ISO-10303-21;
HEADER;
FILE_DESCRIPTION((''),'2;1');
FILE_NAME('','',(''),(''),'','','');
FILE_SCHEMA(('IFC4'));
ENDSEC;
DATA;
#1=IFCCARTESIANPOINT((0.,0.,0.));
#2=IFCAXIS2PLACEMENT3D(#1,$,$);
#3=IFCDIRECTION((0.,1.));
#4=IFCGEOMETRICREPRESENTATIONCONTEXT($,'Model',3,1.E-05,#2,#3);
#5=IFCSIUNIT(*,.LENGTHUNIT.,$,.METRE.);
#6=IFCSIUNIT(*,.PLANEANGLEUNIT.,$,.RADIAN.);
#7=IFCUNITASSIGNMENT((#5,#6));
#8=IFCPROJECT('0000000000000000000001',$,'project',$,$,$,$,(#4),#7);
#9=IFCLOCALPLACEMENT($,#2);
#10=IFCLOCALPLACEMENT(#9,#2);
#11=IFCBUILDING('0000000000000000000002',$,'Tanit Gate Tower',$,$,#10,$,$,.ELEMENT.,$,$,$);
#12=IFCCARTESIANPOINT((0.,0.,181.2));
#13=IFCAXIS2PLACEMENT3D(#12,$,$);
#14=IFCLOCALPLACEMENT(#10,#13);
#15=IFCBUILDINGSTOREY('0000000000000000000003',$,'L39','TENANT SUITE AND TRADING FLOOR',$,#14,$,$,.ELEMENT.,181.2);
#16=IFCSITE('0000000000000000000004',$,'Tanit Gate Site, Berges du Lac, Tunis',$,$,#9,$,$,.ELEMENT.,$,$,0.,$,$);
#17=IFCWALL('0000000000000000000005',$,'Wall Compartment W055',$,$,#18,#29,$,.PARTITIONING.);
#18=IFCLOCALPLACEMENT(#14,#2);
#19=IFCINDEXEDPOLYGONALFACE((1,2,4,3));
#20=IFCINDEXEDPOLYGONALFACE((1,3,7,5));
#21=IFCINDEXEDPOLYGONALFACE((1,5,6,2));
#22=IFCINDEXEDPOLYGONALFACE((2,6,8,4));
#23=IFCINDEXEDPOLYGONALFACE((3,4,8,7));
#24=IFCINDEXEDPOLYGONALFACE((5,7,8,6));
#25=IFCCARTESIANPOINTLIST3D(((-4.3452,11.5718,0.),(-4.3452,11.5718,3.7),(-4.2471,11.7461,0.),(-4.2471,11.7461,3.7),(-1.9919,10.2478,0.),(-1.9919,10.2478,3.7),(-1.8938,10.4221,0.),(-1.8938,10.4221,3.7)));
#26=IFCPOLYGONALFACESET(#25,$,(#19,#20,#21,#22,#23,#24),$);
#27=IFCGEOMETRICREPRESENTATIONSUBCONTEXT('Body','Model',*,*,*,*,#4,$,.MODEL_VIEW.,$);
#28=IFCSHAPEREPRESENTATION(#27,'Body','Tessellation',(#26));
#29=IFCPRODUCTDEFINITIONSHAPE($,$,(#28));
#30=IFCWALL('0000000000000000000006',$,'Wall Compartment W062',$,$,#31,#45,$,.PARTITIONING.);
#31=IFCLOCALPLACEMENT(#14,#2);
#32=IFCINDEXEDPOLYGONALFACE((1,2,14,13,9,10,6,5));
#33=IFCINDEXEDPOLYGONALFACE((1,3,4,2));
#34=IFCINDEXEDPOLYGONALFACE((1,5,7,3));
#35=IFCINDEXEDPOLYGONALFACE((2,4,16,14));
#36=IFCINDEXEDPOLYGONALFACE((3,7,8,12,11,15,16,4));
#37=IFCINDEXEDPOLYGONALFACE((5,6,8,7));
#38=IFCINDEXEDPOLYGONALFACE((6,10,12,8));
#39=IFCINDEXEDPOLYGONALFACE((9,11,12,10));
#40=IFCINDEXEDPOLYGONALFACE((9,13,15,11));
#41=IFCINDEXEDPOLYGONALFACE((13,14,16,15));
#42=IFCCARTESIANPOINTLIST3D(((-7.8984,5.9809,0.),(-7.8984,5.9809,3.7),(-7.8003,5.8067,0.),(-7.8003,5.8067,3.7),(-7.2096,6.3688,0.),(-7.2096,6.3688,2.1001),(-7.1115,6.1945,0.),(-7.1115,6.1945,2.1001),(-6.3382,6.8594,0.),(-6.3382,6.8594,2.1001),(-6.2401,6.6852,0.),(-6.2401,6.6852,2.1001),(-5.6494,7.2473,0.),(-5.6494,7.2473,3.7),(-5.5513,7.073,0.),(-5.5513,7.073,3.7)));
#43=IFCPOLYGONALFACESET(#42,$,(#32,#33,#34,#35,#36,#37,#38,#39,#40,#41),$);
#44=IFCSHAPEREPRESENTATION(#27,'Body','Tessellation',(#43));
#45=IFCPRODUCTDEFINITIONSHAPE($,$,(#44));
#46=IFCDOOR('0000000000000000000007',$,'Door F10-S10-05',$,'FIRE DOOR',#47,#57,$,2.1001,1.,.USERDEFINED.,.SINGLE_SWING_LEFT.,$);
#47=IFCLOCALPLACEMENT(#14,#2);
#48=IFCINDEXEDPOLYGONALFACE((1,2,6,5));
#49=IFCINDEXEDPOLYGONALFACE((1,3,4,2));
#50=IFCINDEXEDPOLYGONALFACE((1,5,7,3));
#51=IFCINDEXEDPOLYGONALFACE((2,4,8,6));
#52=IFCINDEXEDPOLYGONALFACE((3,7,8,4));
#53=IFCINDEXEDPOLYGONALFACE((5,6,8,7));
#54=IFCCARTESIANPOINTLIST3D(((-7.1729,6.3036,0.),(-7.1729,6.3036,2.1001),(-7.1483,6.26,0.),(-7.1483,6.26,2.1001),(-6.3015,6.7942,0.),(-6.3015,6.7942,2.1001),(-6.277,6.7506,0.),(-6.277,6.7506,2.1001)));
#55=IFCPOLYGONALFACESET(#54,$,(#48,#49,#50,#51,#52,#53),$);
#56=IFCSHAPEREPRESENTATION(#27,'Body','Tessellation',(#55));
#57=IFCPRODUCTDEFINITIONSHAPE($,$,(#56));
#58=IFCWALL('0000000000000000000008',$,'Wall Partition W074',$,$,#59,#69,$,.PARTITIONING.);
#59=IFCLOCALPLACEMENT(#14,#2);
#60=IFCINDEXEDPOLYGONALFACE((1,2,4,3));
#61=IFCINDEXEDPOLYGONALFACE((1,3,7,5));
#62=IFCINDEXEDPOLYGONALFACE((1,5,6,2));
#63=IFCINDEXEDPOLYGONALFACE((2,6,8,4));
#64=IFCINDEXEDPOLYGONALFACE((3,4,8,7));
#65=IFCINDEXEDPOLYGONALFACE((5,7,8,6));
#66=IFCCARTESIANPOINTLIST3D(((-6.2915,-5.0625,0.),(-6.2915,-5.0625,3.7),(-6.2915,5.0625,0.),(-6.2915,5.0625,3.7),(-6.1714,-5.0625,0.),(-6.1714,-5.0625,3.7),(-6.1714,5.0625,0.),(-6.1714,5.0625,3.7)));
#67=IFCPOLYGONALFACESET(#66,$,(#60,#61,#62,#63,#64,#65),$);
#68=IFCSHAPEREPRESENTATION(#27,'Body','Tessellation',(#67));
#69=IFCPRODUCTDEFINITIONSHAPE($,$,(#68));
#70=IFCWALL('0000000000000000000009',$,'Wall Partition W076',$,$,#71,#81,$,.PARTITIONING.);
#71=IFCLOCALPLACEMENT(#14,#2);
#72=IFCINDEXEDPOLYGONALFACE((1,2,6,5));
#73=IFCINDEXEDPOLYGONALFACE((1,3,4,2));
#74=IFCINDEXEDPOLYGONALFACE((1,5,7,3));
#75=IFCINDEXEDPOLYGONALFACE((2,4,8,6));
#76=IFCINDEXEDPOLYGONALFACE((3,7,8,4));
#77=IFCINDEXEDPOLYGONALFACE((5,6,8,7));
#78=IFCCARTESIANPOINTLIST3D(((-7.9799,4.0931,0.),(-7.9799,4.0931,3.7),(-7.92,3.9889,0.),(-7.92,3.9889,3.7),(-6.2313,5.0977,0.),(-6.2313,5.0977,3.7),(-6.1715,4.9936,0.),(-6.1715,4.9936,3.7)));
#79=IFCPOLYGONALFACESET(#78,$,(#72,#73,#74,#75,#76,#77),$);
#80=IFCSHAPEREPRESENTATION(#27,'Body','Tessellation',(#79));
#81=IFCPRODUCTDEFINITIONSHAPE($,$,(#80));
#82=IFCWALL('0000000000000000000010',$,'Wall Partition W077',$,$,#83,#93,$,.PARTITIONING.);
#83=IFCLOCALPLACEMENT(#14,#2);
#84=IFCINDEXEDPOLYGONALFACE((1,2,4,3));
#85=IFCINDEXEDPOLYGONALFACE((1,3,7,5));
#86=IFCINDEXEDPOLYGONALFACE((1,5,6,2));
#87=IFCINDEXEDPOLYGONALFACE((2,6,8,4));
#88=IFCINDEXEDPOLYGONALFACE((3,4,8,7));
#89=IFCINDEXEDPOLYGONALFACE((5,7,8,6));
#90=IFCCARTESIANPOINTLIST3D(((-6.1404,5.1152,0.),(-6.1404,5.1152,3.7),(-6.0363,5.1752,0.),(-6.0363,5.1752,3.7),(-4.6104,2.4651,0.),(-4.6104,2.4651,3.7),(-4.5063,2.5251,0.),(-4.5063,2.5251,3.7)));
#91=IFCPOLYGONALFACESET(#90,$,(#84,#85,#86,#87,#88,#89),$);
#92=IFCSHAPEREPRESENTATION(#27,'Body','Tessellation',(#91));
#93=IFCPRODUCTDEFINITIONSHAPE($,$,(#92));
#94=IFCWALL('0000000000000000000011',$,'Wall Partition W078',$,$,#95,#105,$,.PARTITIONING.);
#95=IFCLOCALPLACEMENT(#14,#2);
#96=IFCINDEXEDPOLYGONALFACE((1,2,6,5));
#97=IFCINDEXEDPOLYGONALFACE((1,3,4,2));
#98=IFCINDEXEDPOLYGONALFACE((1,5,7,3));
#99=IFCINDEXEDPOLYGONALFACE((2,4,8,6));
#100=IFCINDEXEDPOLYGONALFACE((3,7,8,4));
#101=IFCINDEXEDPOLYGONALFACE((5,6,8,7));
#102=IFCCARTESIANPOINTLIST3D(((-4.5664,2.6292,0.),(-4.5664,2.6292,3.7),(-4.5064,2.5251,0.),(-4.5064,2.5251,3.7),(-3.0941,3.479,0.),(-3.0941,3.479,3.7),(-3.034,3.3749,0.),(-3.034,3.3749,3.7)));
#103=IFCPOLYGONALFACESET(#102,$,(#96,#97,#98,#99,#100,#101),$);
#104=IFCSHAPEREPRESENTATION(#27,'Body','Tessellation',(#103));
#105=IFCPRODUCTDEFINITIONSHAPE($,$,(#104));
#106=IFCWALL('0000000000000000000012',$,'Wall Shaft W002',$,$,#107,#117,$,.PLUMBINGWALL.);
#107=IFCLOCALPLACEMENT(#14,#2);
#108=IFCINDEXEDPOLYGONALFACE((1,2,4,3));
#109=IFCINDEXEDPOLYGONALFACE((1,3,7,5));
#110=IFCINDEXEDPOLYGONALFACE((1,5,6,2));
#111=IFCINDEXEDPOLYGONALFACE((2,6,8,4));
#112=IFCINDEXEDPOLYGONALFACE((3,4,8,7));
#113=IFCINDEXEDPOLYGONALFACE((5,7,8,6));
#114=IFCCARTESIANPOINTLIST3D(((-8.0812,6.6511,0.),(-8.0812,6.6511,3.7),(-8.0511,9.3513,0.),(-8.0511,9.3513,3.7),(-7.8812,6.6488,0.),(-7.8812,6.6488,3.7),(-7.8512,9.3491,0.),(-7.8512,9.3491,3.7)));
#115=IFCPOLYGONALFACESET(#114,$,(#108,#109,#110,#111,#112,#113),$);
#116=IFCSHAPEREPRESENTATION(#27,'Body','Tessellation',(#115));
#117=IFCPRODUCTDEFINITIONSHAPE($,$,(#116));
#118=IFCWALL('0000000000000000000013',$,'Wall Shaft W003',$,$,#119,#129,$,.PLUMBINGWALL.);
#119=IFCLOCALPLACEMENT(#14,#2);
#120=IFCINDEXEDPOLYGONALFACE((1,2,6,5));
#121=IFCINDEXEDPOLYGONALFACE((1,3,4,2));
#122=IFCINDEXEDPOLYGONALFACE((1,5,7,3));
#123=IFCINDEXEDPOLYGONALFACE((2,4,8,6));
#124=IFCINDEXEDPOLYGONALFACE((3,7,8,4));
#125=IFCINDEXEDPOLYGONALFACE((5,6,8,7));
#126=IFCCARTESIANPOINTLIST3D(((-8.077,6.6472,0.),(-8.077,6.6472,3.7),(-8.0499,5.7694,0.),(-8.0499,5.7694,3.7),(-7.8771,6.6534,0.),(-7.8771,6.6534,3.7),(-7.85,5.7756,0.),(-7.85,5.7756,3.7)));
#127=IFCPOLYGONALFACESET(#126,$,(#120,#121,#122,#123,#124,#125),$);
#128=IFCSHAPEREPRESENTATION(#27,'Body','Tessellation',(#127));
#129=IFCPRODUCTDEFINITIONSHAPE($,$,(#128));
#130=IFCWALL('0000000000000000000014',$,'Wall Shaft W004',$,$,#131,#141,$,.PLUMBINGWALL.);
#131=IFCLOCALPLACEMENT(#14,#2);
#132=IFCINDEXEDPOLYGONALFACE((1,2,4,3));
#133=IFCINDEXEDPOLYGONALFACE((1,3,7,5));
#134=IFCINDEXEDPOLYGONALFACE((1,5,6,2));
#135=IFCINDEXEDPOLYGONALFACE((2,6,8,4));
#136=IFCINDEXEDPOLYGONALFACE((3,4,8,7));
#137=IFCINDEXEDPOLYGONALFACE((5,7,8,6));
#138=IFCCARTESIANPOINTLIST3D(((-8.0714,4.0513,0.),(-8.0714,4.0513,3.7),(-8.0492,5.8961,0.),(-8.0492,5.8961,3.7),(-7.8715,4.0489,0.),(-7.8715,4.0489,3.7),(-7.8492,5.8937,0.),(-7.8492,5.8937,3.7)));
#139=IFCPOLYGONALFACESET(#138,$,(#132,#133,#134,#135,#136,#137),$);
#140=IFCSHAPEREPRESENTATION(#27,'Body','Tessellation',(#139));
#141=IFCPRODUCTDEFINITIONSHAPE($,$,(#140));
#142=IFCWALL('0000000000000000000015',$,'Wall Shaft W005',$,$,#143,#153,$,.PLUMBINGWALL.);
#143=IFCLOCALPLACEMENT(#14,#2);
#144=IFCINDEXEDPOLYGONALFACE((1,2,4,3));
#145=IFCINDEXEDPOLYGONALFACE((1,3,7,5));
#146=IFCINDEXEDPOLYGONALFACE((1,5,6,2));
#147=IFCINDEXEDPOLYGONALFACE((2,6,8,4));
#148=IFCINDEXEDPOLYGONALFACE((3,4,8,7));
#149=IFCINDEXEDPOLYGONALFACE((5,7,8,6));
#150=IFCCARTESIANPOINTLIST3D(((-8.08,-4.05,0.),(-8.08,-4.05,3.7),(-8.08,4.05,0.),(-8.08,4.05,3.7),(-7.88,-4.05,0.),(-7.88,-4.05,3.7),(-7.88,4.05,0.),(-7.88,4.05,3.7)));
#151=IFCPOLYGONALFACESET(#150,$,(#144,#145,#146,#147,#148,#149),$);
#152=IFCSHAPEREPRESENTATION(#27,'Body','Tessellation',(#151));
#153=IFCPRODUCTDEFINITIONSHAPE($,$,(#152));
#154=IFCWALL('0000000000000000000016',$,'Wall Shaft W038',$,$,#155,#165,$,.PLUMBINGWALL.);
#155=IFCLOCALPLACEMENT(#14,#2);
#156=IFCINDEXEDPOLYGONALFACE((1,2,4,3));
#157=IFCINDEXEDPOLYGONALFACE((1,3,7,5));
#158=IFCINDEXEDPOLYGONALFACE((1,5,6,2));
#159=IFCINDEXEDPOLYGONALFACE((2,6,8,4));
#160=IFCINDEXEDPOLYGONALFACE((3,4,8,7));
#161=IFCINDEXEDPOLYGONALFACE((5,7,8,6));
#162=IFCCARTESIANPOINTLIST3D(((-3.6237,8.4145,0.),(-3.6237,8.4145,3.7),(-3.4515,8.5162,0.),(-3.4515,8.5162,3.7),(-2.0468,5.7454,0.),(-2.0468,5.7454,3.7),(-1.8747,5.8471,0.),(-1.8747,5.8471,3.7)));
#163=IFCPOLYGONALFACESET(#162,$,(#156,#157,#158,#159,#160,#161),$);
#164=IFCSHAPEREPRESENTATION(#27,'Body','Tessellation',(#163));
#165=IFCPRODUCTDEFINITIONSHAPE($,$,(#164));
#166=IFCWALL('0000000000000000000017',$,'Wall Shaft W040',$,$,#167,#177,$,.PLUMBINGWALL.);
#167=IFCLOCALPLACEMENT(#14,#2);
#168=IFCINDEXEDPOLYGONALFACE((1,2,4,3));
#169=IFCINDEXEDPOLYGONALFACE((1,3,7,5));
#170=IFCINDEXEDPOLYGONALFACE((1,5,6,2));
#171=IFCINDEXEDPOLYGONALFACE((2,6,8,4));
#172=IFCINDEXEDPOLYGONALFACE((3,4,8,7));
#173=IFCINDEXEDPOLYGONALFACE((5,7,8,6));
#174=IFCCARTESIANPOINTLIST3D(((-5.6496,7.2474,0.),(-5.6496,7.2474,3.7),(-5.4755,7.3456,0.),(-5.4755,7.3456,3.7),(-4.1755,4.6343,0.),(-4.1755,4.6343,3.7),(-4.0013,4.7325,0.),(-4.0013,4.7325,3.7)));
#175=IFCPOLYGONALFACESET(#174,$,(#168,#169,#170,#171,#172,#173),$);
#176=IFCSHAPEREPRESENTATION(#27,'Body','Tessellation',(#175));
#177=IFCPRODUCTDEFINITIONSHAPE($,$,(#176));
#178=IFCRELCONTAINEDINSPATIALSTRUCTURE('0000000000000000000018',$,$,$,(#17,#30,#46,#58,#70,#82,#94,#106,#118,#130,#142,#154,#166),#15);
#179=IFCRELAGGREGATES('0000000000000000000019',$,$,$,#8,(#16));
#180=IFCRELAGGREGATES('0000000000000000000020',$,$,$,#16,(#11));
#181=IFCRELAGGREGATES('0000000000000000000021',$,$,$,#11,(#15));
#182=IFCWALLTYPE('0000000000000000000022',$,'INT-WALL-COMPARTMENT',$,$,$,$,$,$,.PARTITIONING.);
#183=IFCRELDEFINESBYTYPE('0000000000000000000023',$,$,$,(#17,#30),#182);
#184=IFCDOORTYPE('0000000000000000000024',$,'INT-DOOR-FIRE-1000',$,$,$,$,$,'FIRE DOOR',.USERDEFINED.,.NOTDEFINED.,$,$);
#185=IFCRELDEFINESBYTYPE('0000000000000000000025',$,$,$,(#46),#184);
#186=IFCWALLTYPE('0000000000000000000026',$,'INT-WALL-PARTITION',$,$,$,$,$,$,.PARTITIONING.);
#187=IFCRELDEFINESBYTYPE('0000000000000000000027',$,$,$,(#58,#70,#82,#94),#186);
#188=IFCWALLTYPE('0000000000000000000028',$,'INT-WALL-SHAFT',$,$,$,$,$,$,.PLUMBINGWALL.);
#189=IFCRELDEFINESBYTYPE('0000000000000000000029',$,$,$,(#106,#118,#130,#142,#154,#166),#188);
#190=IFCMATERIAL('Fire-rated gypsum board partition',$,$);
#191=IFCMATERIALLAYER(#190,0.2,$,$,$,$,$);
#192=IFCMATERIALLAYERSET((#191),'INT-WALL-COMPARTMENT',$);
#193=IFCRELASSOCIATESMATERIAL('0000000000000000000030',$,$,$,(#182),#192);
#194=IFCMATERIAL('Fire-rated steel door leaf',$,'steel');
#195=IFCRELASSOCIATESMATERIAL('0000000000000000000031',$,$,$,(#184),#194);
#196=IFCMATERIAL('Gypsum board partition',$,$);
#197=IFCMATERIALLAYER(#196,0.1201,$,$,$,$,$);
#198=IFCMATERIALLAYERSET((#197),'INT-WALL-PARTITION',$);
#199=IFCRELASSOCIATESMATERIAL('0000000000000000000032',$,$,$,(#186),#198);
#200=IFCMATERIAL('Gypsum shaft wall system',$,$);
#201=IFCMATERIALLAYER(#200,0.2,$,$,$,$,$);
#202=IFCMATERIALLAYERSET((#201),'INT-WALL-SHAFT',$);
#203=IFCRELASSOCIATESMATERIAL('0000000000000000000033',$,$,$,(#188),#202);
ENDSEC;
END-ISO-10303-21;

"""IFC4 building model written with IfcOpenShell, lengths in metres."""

from ifc_helpers import new_model, si_unit, direction, frame, frame_2d, origin, place, context, subcontext, project, spatial, rectangle, extrude, material, layer, layer_set, type_object, element, fill, save


model = new_model("IFC4")

# Units and contexts
model_context = context("Model", 3, precision=1e-05, world=origin(), true_north=direction((0.0, 1.0)))
body_context = subcontext(model_context, "Body", "Model", "MODEL_VIEW")
ifc_project = project(units=[si_unit("LENGTHUNIT", "METRE"), si_unit("PLANEANGLEUNIT", "RADIAN")], contexts=[model_context])

# Site, building, storey
site_placement = place(None, origin())
site = spatial("IfcSite", under=ifc_project, at=site_placement, Name="Tanit Gate Site, Berges du Lac, Tunis", CompositionType="ELEMENT", RefElevation=0.0)
building_placement = place(site_placement, origin())
building = spatial("IfcBuilding", under=site, at=building_placement, Name="Tanit Gate Tower", CompositionType="ELEMENT")
storey_placement = place(building_placement, frame((0.0, 0.0, 181.2)))
storey = spatial("IfcBuildingStorey", under=building, at=storey_placement, Name="L39", Description="TENANT SUITE AND TRADING FLOOR", CompositionType="ELEMENT", Elevation=181.2)

# Wall
ifc_material_1 = material(Name="Fire-rated gypsum board partition")
ifc_layer_1 = layer(ifc_material_1, 0.2)
ifc_layer_set_1 = layer_set([ifc_layer_1], Name="INT-WALL-COMPARTMENT")
wall_type_1 = type_object("IfcWallType", Name="INT-WALL-COMPARTMENT", PredefinedType="PARTITIONING", material=ifc_layer_set_1)
wall_1_placement = place(storey_placement, frame((-4.2961, 11.6589, 0.0), z_axis=(0.0, 0.0, 1.0), x_axis=(0.871534, -0.490334, 0.0)))
element("IfcWall", 1, at=wall_1_placement, inside=storey, type_object=wall_type_1, Name="Wall Compartment W055", PredefinedType="PARTITIONING", context=body_context, shape_type="SweptSolid", body=[
    extrude(rectangle(XDim=2.7002, YDim=0.2, at=frame_2d((1.3501, 0.0))), origin(), (0.0, 0.0, 1.0), 3.7),
])

# Wall, opening, door
wall_2_placement = place(storey_placement, frame((-5.6003, 7.1602, 0.0), z_axis=(0.0, 0.0, 1.0), x_axis=(-0.871363, -0.490638, 0.0)))
wall_2 = element("IfcWall", 2, at=wall_2_placement, inside=storey, type_object=wall_type_1, Name="Wall Compartment W062", PredefinedType="PARTITIONING", context=body_context, shape_type="SweptSolid", body=[
    extrude(rectangle(XDim=2.5811, YDim=0.2, at=frame_2d((1.2905, 0.0))), origin(), (0.0, 0.0, 1.0), 3.7),
])
opening_1_placement = place(wall_2_placement, frame((0.7905, 0.0, 0.0)))
opening_1 = element("IfcOpeningElement", 3, at=opening_1_placement, cuts=wall_2, PredefinedType="OPENING", context=body_context, shape_type="SweptSolid", body=[
    extrude(rectangle(XDim=1.0, YDim=2.1001, at=frame_2d((0.5, 1.05))), frame((0.0, 0.1099, 0.0), z_axis=(0.0, -1.0, 0.0), x_axis=(1.0, 0.0, 0.0)), (0.0, 0.0, 1.0), 0.22),
])
ifc_material_2 = material(Name="Fire-rated steel door leaf", Category="steel")
door_type_1 = type_object("IfcDoorType", Name="INT-DOOR-FIRE-1000", ElementType="FIRE DOOR", OperationType="NOTDEFINED", PredefinedType="USERDEFINED", material=ifc_material_2)
door_1_placement = place(opening_1_placement, origin())
door_1 = element("IfcDoor", 4, at=door_1_placement, inside=storey, type_object=door_type_1, Name="Door F10-S10-05", ObjectType="FIRE DOOR", OperationType="SINGLE_SWING_LEFT", OverallHeight=2.1001, OverallWidth=1.0, PredefinedType="USERDEFINED", context=body_context, shape_type="SweptSolid", body=[
    extrude(rectangle(XDim=1.0, YDim=2.1001, at=frame_2d((0.5, 1.05))), frame((0.0, 0.0249, 0.0), z_axis=(0.0, -1.0, 0.0), x_axis=(1.0, 0.0, 0.0)), (0.0, 0.0, 1.0), 0.05),
])
fill(opening_1, door_1)

# Walls
ifc_material_3 = material(Name="Gypsum board partition")
ifc_layer_2 = layer(ifc_material_3, 0.1201)
ifc_layer_set_2 = layer_set([ifc_layer_2], Name="INT-WALL-PARTITION")
wall_type_2 = type_object("IfcWallType", Name="INT-WALL-PARTITION", PredefinedType="PARTITIONING", material=ifc_layer_set_2)
wall_3_placement = place(storey_placement, frame((-6.2314, 5.0625, 0.0), z_axis=(0.0, 0.0, 1.0), x_axis=(0.0, -1.0, 0.0)))
element("IfcWall", 5, at=wall_3_placement, inside=storey, type_object=wall_type_2, Name="Wall Partition W074", PredefinedType="PARTITIONING", context=body_context, shape_type="SweptSolid", body=[
    extrude(rectangle(XDim=10.125, YDim=0.1201, at=frame_2d((5.0625, 0.0))), origin(), (0.0, 0.0, 1.0), 3.7),
])
wall_4_placement = place(storey_placement, frame((-6.2014, 5.0457, 0.0), z_axis=(0.0, 0.0, 1.0), x_axis=(-0.867071, -0.498184, 0.0)))
element("IfcWall", 6, at=wall_4_placement, inside=storey, type_object=wall_type_2, Name="Wall Partition W076", PredefinedType="PARTITIONING", context=body_context, shape_type="SweptSolid", body=[
    extrude(rectangle(XDim=2.0166, YDim=0.1201, at=frame_2d((1.0083, 0.0))), origin(), (0.0, 0.0, 1.0), 3.7),
])
wall_5_placement = place(storey_placement, frame((-4.5583, 2.4951, 0.0), z_axis=(0.0, 0.0, 1.0), x_axis=(-0.499992, 0.86603, 0.0)))
element("IfcWall", 7, at=wall_5_placement, inside=storey, type_object=wall_type_2, Name="Wall Partition W077", PredefinedType="PARTITIONING", context=body_context, shape_type="SweptSolid", body=[
    extrude(rectangle(XDim=3.0601, YDim=0.1201, at=frame_2d((1.53, 0.0))), origin(), (0.0, 0.0, 1.0), 3.7),
])
wall_6_placement = place(storey_placement, frame((-3.064, 3.427, 0.0), z_axis=(0.0, 0.0, 1.0), x_axis=(-0.866088, -0.499892, 0.0)))
element("IfcWall", 8, at=wall_6_placement, inside=storey, type_object=wall_type_2, Name="Wall Partition W078", PredefinedType="PARTITIONING", context=body_context, shape_type="SweptSolid", body=[
    extrude(rectangle(XDim=1.7, YDim=0.1201, at=frame_2d((0.8501, 0.0))), origin(), (0.0, 0.0, 1.0), 3.7),
])
ifc_material_4 = material(Name="Gypsum shaft wall system")
ifc_layer_3 = layer(ifc_material_4, 0.2)
ifc_layer_set_3 = layer_set([ifc_layer_3], Name="INT-WALL-SHAFT")
wall_type_3 = type_object("IfcWallType", Name="INT-WALL-SHAFT", PredefinedType="PLUMBINGWALL", material=ifc_layer_set_3)
wall_7_placement = place(storey_placement, frame((-7.9512, 9.3501, 0.0), z_axis=(0.0, 0.0, 1.0), x_axis=(-0.01112, -0.999938, 0.0)))
element("IfcWall", 9, at=wall_7_placement, inside=storey, type_object=wall_type_3, Name="Wall Shaft W002", PredefinedType="PLUMBINGWALL", context=body_context, shape_type="SweptSolid", body=[
    extrude(rectangle(XDim=2.7004, YDim=0.2, at=frame_2d((1.3501, 0.0))), origin(), (0.0, 0.0, 1.0), 3.7),
])
wall_8_placement = place(storey_placement, frame((-7.9771, 6.6501, 0.0), z_axis=(0.0, 0.0, 1.0), x_axis=(0.030862, -0.999524, 0.0)))
element("IfcWall", 10, at=wall_8_placement, inside=storey, type_object=wall_type_3, Name="Wall Shaft W003", PredefinedType="PLUMBINGWALL", context=body_context, shape_type="SweptSolid", body=[
    extrude(rectangle(XDim=0.8782, YDim=0.2, at=frame_2d((0.439, 0.0))), origin(), (0.0, 0.0, 1.0), 3.7),
])
wall_9_placement = place(storey_placement, frame((-7.9492, 5.8948, 0.0), z_axis=(0.0, 0.0, 1.0), x_axis=(-0.012043, -0.999927, 0.0)))
element("IfcWall", 11, at=wall_9_placement, inside=storey, type_object=wall_type_3, Name="Wall Shaft W004", PredefinedType="PLUMBINGWALL", context=body_context, shape_type="SweptSolid", body=[
    extrude(rectangle(XDim=1.845, YDim=0.2, at=frame_2d((0.9224, 0.0))), origin(), (0.0, 0.0, 1.0), 3.7),
])
wall_10_placement = place(storey_placement, frame((-7.98, 4.05, 0.0), z_axis=(0.0, 0.0, 1.0), x_axis=(0.0, -1.0, 0.0)))
element("IfcWall", 12, at=wall_10_placement, inside=storey, type_object=wall_type_3, Name="Wall Shaft W005", PredefinedType="PLUMBINGWALL", context=body_context, shape_type="SweptSolid", body=[
    extrude(rectangle(XDim=8.1001, YDim=0.2, at=frame_2d((4.05, 0.0))), origin(), (0.0, 0.0, 1.0), 3.7),
])

# Walls
wall_11_placement = place(storey_placement, frame((-3.5376, 8.4653, 0.0), z_axis=(0.0, 0.0, 1.0), x_axis=(0.508647, -0.860975, 0.0)))
element("IfcWall", 13, at=wall_11_placement, inside=storey, type_object=wall_type_3, Name="Wall Shaft W038", PredefinedType="PLUMBINGWALL", context=body_context, shape_type="SweptSolid", body=[
    extrude(rectangle(XDim=3.1001, YDim=0.2, at=frame_2d((1.55, 0.0))), origin(), (0.0, 0.0, 1.0), 3.7),
])
wall_12_placement = place(storey_placement, frame((-5.5625, 7.2964, 0.0), z_axis=(0.0, 0.0, 1.0), x_axis=(0.491347, -0.870964, 0.0)))
element("IfcWall", 14, at=wall_12_placement, inside=storey, type_object=wall_type_3, Name="Wall Shaft W040", PredefinedType="PLUMBINGWALL", context=body_context, shape_type="SweptSolid", body=[
    extrude(rectangle(XDim=3.0002, YDim=0.2, at=frame_2d((1.5, 0.0))), origin(), (0.0, 0.0, 1.0), 3.7),
])

save(model, "model.ifc")
